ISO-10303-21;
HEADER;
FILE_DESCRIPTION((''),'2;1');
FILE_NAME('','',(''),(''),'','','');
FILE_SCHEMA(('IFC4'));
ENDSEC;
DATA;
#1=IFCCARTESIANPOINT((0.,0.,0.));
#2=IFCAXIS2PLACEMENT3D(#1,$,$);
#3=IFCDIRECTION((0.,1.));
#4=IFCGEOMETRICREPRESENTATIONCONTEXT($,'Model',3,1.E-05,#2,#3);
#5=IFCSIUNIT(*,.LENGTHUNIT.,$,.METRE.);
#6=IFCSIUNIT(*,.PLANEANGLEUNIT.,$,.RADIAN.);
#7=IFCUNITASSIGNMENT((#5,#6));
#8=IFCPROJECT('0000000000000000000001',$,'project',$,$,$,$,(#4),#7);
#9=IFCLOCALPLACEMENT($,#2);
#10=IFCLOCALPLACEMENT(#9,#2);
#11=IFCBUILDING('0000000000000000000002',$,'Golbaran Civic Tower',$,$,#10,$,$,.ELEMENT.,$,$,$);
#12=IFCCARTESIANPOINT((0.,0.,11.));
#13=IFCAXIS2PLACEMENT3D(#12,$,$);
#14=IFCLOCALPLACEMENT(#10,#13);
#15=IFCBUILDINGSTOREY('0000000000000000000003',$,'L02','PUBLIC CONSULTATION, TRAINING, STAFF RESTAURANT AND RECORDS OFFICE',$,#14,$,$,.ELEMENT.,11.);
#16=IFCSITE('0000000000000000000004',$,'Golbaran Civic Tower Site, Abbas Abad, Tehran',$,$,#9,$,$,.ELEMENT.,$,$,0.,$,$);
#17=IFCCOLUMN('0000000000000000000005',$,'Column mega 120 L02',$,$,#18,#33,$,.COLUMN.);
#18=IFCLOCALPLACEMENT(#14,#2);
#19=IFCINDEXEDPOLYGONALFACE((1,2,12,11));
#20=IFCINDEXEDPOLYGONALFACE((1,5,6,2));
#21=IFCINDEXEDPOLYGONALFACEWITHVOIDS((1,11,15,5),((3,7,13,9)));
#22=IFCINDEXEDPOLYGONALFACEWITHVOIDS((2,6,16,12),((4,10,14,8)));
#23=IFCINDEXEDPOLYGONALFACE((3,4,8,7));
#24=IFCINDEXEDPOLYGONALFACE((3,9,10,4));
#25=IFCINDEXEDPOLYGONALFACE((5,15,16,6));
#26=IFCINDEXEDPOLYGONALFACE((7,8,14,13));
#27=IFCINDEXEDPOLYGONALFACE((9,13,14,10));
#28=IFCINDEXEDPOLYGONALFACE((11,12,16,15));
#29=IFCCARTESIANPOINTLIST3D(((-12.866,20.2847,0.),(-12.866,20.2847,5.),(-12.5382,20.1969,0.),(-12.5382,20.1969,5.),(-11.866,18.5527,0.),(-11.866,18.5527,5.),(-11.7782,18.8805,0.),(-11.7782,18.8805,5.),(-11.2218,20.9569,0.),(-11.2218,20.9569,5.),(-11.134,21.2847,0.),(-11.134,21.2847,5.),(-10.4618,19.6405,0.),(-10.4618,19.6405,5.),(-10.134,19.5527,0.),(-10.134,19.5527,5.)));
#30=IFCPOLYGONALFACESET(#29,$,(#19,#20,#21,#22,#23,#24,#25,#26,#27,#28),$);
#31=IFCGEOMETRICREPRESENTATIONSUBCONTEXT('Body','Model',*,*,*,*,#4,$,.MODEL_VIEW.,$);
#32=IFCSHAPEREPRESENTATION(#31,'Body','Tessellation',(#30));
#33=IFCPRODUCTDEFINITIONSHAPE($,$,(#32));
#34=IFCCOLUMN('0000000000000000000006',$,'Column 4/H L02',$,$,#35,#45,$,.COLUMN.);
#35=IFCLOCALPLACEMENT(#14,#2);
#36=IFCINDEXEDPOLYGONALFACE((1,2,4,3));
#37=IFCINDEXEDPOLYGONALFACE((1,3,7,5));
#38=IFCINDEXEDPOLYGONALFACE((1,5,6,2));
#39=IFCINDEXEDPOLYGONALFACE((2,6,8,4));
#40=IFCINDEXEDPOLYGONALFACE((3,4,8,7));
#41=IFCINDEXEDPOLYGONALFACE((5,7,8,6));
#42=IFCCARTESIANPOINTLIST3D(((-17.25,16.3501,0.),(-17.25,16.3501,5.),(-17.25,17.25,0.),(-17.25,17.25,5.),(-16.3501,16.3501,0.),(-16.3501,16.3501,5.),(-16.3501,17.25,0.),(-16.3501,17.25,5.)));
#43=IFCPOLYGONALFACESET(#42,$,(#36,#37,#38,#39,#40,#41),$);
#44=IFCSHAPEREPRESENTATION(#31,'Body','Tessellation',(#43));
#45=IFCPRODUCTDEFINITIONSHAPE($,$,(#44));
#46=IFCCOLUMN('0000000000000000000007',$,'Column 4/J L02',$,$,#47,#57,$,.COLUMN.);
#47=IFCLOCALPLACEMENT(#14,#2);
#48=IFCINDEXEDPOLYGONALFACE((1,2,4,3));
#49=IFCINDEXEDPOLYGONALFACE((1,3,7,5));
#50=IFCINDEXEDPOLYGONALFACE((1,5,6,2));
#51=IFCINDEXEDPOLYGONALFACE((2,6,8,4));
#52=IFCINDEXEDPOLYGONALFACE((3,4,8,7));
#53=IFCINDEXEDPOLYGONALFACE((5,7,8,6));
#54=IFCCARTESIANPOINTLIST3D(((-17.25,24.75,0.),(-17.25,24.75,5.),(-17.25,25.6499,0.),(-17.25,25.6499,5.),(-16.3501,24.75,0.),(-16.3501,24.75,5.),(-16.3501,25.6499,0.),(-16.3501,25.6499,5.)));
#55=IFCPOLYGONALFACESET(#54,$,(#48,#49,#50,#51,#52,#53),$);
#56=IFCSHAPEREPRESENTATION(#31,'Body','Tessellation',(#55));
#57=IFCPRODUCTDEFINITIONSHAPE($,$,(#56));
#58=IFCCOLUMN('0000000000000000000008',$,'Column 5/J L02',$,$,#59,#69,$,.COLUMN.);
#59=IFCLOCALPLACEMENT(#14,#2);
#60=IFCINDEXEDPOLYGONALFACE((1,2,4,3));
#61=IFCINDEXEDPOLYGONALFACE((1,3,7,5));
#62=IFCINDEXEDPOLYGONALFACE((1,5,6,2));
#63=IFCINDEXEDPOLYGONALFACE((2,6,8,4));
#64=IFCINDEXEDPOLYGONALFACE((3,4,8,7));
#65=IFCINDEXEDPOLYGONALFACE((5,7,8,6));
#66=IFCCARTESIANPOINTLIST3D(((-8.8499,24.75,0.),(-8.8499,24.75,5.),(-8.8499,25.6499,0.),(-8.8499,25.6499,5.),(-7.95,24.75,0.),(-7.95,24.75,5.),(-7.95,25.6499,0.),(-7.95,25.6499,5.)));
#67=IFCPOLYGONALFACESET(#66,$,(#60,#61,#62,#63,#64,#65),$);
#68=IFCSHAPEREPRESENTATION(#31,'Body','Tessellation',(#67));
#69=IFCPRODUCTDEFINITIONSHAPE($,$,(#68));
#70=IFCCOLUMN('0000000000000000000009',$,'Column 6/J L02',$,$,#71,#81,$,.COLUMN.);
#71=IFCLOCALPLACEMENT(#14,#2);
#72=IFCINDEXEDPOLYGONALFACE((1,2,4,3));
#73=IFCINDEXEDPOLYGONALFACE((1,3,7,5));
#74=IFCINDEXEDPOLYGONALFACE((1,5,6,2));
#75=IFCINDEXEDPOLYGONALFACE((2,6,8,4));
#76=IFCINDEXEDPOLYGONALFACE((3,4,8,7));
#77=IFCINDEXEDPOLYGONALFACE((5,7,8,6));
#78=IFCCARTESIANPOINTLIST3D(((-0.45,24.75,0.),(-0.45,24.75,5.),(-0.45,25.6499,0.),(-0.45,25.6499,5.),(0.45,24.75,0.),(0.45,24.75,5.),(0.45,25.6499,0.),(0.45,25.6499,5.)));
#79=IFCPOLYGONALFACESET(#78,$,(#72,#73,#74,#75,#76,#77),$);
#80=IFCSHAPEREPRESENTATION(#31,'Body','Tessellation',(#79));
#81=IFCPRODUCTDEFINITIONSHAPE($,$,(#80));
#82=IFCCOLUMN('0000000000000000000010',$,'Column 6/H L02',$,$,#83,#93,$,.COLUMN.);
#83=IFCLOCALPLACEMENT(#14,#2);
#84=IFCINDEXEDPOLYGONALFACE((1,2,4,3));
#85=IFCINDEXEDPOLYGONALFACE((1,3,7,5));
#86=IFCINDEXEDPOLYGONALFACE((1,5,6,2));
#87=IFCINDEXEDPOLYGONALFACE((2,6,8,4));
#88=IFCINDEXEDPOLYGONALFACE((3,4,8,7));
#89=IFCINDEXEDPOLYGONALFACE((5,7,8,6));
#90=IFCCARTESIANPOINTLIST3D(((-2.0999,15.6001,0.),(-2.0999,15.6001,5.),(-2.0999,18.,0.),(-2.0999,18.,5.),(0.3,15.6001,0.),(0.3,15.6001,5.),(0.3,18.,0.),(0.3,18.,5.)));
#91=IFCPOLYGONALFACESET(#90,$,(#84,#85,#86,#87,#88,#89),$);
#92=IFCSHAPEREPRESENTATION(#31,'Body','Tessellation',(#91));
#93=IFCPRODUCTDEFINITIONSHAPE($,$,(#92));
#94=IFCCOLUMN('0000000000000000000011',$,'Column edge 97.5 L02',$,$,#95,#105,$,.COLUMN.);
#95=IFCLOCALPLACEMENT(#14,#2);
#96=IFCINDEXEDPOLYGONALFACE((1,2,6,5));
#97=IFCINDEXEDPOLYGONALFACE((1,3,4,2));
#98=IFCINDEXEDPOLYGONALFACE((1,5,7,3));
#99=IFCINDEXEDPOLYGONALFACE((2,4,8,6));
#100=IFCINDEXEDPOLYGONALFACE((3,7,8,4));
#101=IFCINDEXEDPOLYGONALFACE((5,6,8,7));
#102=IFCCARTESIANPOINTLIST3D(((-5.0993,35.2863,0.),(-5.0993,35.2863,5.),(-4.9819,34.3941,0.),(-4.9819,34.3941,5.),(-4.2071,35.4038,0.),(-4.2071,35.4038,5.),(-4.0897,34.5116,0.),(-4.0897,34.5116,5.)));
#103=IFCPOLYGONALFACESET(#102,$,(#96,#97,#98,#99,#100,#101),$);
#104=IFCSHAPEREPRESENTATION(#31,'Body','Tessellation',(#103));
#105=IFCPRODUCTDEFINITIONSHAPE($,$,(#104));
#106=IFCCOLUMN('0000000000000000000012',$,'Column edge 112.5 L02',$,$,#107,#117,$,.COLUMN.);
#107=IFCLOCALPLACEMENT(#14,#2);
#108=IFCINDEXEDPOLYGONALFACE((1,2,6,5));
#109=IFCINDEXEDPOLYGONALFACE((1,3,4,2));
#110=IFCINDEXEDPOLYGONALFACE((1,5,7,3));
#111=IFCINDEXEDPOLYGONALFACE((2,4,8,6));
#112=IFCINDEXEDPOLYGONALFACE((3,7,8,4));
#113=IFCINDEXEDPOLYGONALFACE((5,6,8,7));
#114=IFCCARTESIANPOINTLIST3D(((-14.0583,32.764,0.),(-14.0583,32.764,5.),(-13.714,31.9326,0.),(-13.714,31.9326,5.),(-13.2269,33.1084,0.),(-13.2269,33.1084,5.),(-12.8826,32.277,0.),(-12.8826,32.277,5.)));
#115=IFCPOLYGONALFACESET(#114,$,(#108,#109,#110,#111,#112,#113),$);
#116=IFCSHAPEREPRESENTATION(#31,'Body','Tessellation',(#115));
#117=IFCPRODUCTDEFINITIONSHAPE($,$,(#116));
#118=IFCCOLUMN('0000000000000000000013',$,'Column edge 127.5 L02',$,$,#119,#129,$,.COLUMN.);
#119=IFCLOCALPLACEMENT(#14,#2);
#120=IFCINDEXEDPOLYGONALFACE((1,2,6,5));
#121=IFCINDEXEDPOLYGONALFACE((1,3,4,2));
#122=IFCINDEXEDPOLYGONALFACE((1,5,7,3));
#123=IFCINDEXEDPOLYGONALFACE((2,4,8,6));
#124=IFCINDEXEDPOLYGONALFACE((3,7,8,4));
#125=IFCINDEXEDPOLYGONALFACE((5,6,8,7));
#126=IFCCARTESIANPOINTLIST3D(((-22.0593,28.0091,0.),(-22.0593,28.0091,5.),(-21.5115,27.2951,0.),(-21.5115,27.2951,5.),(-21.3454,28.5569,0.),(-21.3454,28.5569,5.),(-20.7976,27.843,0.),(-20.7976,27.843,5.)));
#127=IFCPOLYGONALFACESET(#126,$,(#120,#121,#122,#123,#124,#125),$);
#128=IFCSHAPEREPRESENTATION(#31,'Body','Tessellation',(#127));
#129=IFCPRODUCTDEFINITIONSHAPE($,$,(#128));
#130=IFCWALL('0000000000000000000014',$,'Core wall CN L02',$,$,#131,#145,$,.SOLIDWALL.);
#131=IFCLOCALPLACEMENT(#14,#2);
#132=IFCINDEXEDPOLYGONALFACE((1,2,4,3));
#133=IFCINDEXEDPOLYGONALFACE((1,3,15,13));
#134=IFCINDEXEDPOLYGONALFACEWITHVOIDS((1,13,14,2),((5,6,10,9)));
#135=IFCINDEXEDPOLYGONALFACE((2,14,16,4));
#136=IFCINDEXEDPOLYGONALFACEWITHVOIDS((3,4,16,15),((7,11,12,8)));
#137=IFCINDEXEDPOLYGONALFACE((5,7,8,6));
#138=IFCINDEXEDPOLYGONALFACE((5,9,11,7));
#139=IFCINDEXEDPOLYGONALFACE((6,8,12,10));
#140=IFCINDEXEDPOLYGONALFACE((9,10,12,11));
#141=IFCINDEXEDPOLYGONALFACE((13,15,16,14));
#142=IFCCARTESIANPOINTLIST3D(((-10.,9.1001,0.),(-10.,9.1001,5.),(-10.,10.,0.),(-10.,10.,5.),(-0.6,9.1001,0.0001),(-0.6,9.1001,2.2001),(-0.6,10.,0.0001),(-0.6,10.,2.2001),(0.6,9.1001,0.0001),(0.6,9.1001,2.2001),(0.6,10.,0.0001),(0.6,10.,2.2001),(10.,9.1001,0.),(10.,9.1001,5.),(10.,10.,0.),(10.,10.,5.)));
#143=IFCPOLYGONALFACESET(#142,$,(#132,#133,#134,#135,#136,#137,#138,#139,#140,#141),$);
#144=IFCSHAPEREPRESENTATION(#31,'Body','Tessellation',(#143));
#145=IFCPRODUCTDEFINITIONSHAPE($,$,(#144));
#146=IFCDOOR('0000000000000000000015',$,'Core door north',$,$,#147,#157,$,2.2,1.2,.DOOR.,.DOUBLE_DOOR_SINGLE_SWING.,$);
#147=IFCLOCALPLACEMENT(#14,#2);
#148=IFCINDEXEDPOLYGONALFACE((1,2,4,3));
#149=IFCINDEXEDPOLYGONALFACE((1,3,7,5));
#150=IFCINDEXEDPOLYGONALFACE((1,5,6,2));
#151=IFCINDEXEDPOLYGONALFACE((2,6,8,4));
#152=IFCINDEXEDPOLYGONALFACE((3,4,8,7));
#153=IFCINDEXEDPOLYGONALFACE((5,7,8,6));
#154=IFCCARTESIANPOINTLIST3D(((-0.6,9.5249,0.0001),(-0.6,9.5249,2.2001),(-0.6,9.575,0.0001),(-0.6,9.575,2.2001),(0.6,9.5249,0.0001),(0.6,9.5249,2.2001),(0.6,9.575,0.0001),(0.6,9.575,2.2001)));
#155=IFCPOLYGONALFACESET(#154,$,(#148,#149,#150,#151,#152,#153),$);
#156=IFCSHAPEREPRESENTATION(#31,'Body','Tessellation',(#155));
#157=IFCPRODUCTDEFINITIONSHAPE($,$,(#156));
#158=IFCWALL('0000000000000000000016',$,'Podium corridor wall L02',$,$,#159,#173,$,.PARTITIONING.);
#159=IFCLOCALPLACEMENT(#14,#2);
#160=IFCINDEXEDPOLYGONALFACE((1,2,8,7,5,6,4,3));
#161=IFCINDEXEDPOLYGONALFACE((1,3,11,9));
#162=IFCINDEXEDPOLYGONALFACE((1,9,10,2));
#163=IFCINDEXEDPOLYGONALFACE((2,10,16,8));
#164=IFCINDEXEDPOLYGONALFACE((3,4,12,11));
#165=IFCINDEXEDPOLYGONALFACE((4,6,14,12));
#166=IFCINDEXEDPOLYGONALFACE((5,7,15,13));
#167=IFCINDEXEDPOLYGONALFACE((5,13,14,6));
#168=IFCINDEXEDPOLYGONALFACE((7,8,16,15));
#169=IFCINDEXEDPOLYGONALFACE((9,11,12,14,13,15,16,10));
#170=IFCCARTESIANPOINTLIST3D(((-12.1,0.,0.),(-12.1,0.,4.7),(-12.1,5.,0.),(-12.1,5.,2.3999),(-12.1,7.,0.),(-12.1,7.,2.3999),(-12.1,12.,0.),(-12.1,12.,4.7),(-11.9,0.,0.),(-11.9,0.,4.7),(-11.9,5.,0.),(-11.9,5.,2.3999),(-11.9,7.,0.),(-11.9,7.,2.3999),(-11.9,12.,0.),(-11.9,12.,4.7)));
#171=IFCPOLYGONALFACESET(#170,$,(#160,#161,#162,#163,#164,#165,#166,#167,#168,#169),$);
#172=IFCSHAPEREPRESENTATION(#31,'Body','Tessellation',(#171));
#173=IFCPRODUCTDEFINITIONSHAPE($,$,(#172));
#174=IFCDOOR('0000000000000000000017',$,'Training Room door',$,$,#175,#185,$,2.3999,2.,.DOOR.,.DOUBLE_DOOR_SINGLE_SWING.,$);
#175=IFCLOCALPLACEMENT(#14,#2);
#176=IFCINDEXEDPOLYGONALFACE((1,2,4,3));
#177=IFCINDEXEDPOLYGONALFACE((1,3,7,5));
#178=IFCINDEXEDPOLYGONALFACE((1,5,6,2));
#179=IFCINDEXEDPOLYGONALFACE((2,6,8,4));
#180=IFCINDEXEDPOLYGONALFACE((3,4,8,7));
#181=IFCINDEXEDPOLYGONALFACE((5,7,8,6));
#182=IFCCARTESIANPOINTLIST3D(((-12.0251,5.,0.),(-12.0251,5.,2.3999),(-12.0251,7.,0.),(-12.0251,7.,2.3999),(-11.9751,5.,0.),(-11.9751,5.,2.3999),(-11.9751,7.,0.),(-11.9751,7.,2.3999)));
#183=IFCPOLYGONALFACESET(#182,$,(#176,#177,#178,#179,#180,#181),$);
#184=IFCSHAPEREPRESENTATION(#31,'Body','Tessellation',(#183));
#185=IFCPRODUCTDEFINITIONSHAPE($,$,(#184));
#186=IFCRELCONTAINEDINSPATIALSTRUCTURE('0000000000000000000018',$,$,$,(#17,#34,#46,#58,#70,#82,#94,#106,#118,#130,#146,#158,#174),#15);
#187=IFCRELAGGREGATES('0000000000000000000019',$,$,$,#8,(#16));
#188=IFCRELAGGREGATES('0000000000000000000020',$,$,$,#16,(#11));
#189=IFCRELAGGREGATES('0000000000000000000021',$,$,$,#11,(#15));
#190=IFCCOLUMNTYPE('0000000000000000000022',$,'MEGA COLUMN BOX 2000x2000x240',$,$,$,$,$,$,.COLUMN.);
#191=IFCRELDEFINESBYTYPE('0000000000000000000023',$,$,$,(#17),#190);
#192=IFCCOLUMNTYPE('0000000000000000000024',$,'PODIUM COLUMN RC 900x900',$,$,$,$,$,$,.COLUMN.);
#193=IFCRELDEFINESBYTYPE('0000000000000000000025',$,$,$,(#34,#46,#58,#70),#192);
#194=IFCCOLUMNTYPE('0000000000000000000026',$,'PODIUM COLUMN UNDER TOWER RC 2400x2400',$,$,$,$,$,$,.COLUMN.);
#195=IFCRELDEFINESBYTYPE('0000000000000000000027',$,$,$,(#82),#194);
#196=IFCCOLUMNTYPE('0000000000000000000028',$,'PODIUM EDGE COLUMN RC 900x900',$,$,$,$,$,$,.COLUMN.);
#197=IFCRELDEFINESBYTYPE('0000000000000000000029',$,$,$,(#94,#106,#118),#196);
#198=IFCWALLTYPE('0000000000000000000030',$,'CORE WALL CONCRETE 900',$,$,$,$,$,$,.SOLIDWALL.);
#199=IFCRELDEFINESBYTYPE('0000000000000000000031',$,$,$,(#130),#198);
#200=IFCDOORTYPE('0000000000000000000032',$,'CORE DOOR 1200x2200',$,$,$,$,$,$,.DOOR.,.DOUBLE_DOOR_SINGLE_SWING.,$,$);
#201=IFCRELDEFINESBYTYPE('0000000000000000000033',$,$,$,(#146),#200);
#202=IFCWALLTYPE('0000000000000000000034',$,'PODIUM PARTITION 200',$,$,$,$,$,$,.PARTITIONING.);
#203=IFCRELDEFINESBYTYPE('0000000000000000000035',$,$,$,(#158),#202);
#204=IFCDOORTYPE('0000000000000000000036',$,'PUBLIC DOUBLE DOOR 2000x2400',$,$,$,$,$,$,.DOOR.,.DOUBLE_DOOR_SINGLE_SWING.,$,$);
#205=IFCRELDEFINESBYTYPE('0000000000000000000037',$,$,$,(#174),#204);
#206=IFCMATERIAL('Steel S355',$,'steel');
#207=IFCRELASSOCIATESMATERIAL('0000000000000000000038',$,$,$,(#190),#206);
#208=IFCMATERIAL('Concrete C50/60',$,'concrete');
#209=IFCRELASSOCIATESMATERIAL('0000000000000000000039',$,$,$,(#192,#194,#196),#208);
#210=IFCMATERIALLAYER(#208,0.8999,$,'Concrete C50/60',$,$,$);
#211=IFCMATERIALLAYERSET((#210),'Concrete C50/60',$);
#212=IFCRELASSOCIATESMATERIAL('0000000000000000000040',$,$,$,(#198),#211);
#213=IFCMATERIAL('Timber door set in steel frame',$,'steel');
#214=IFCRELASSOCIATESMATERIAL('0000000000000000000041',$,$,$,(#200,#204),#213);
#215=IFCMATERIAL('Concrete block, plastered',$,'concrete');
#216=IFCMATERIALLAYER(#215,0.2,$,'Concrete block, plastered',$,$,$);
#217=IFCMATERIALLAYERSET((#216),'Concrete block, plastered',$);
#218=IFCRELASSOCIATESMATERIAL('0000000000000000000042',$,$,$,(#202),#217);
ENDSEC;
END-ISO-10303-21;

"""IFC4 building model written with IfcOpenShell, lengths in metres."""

from ifc_helpers import new_model, si_unit, direction, frame, frame_2d, origin, origin_2d, place, context, subcontext, project, spatial, rectangle, hollow_rectangle, extrude, material, layer, layer_set, material_profile, profile_set, type_object, element, fill, save


model = new_model("IFC4")

# Units and contexts
model_context = context("Model", 3, precision=1e-05, world=origin(), true_north=direction((0.0, 1.0)))
body_context = subcontext(model_context, "Body", "Model", "MODEL_VIEW")
ifc_project = project(units=[si_unit("LENGTHUNIT", "METRE"), si_unit("PLANEANGLEUNIT", "RADIAN")], contexts=[model_context])

# Site, building, storey
site_placement = place(None, origin())
site = spatial("IfcSite", under=ifc_project, at=site_placement, Name="Golbaran Civic Tower Site, Abbas Abad, Tehran", CompositionType="ELEMENT", RefElevation=0.0)
building_placement = place(site_placement, origin())
building = spatial("IfcBuilding", under=site, at=building_placement, Name="Golbaran Civic Tower", CompositionType="ELEMENT")
storey_placement = place(building_placement, frame((0.0, 0.0, 11.0)))
storey = spatial("IfcBuildingStorey", under=building, at=storey_placement, Name="L02", Description="PUBLIC CONSULTATION, TRAINING, STAFF RESTAURANT AND RECORDS OFFICE", CompositionType="ELEMENT", Elevation=11.0)

# Columns
ifc_material_1 = material(Name="Steel S355", Category="steel")
ifc_material_profile_1 = material_profile(ifc_material_1, hollow_rectangle(XDim=2.0, YDim=2.0, WallThickness=0.24, at=origin_2d()), Name="BOX 2000x2000x240")
ifc_profile_set_1 = profile_set([ifc_material_profile_1], Name="Steel S355")
column_type_1 = type_object("IfcColumnType", Name="MEGA COLUMN BOX 2000x2000x240", PredefinedType="COLUMN", material=ifc_profile_set_1)
column_1_placement = place(storey_placement, frame((-11.5, 19.9187, 0.0), z_axis=(0.0, 0.0, 1.0), x_axis=(-0.5, 0.866025, 0.0)))
element("IfcColumn", 1, at=column_1_placement, inside=storey, type_object=column_type_1, Name="Column mega 120 L02", PredefinedType="COLUMN", context=body_context, shape_type="SweptSolid", body=[
    extrude(hollow_rectangle(XDim=2.0, YDim=2.0, WallThickness=0.24, at=origin_2d()), origin(), (0.0, 0.0, 1.0), 5.0),
])
ifc_material_2 = material(Name="Concrete C50/60", Category="concrete")
ifc_material_profile_2 = material_profile(ifc_material_2, rectangle(XDim=0.8999, YDim=0.8999, at=origin_2d()), Name="RC 900x900")
ifc_profile_set_2 = profile_set([ifc_material_profile_2], Name="Concrete C50/60")
column_type_2 = type_object("IfcColumnType", Name="PODIUM COLUMN RC 900x900", PredefinedType="COLUMN", material=ifc_profile_set_2)
for number, where, z_axis, x_axis, name in (
    (2, (-16.8, 16.8, 0.0), (0.0, 0.0, 1.0), (1.0, 0.0, 0.0), "Column 4/H L02"),
    (3, (-16.8, 25.2, 0.0), (0.0, 0.0, 1.0), (1.0, 0.0, 0.0), "Column 4/J L02"),
    (4, (-8.3999, 25.2, 0.0), (0.0, 0.0, 1.0), (1.0, 0.0, 0.0), "Column 5/J L02"),
    (5, (0.0, 25.2, 0.0), (0.0, 0.0, 1.0), (1.0, 0.0, 0.0), "Column 6/J L02"),
):
    element("IfcColumn", number, at=place(storey_placement, frame(where, z_axis=z_axis, x_axis=x_axis)), inside=storey, type_object=column_type_2, Name=name, PredefinedType="COLUMN", context=body_context, shape_type="SweptSolid", body=[
        extrude(rectangle(XDim=0.8999, YDim=0.8999, at=origin_2d()), origin(), (0.0, 0.0, 1.0), 5.0),
    ])
ifc_material_profile_3 = material_profile(ifc_material_2, rectangle(XDim=2.3999, YDim=2.3999, at=origin_2d()), Name="RC 2400x2400")
ifc_profile_set_3 = profile_set([ifc_material_profile_3], Name="Concrete C50/60")
column_type_3 = type_object("IfcColumnType", Name="PODIUM COLUMN UNDER TOWER RC 2400x2400", PredefinedType="COLUMN", material=ifc_profile_set_3)
column_2_placement = place(storey_placement, frame((-0.8999, 16.8, 0.0), z_axis=(0.0, 0.0, 1.0), x_axis=(1.0, 0.0, 0.0)))
element("IfcColumn", 6, at=column_2_placement, inside=storey, type_object=column_type_3, Name="Column 6/H L02", PredefinedType="COLUMN", context=body_context, shape_type="SweptSolid", body=[
    extrude(rectangle(XDim=2.3999, YDim=2.3999, at=origin_2d()), origin(), (0.0, 0.0, 1.0), 5.0),
])
ifc_material_profile_4 = material_profile(ifc_material_2, rectangle(XDim=0.8999, YDim=0.8999, at=origin_2d()), Name="RC 900x900")
ifc_profile_set_4 = profile_set([ifc_material_profile_4], Name="Concrete C50/60")
column_type_4 = type_object("IfcColumnType", Name="PODIUM EDGE COLUMN RC 900x900", PredefinedType="COLUMN", material=ifc_profile_set_4)
for number, where, z_axis, x_axis, name in (
    (7, (-4.5945, 34.8989, 0.0), (0.0, 0.0, 1.0), (-0.130526, 0.991445, 0.0), "Column edge 97.5 L02"),
    (8, (-13.4705, 32.5205, 0.0), (0.0, 0.0, 1.0), (-0.382683, 0.92388, 0.0), "Column edge 112.5 L02"),
    (9, (-21.4285, 27.926, 0.0), (0.0, 0.0, 1.0), (-0.608761, 0.793353, 0.0), "Column edge 127.5 L02"),
):
    element("IfcColumn", number, at=place(storey_placement, frame(where, z_axis=z_axis, x_axis=x_axis)), inside=storey, type_object=column_type_4, Name=name, PredefinedType="COLUMN", context=body_context, shape_type="SweptSolid", body=[
        extrude(rectangle(XDim=0.8999, YDim=0.8999, at=origin_2d()), origin(), (0.0, 0.0, 1.0), 5.0),
    ])

# Walls, openings, doors
ifc_layer_1 = layer(ifc_material_2, 0.8999, Name="Concrete C50/60")
ifc_layer_set_1 = layer_set([ifc_layer_1], Name="Concrete C50/60")
wall_type_1 = type_object("IfcWallType", Name="CORE WALL CONCRETE 900", PredefinedType="SOLIDWALL", material=ifc_layer_set_1)
wall_1_placement = place(storey_placement, frame((-10.0, 9.55, 0.0), z_axis=(0.0, 0.0, 1.0), x_axis=(1.0, 0.0, 0.0)))
wall_1 = element("IfcWall", 10, at=wall_1_placement, inside=storey, type_object=wall_type_1, Name="Core wall CN L02", PredefinedType="SOLIDWALL", context=body_context, shape_type="SweptSolid", body=[
    extrude(rectangle(XDim=20.0, YDim=0.8999, at=frame_2d((10.0, 0.0))), origin(), (0.0, 0.0, 1.0), 5.0),
])
opening_1_placement = place(wall_1_placement, frame((9.3999, 0.0, 0.0)))
opening_1 = element("IfcOpeningElement", 11, at=opening_1_placement, cuts=wall_1, PredefinedType="OPENING", context=body_context, shape_type="SweptSolid", body=[
    extrude(rectangle(XDim=1.2, YDim=2.2, at=frame_2d((0.6001, 1.1001))), frame((0.0, 0.46, 0.0), z_axis=(0.0, -1.0, 0.0), x_axis=(1.0, 0.0, 0.0)), (0.0, 0.0, 1.0), 0.9199),
])
ifc_material_3 = material(Name="Timber door set in steel frame", Category="steel")
door_type_1 = type_object("IfcDoorType", Name="CORE DOOR 1200x2200", OperationType="DOUBLE_DOOR_SINGLE_SWING", PredefinedType="DOOR", material=ifc_material_3)
door_1_placement = place(opening_1_placement, origin())
door_1 = element("IfcDoor", 12, at=door_1_placement, inside=storey, type_object=door_type_1, Name="Core door north", OperationType="DOUBLE_DOOR_SINGLE_SWING", OverallHeight=2.2, OverallWidth=1.2, PredefinedType="DOOR", context=body_context, shape_type="SweptSolid", body=[
    extrude(rectangle(XDim=1.2, YDim=2.2, at=frame_2d((0.6001, 1.1001))), frame((0.0, 0.0249, 0.0), z_axis=(0.0, -1.0, 0.0), x_axis=(1.0, 0.0, 0.0)), (0.0, 0.0, 1.0), 0.05),
])
fill(opening_1, door_1)
ifc_material_4 = material(Name="Concrete block, plastered", Category="concrete")
ifc_layer_2 = layer(ifc_material_4, 0.2, Name="Concrete block, plastered")
ifc_layer_set_2 = layer_set([ifc_layer_2], Name="Concrete block, plastered")
wall_type_2 = type_object("IfcWallType", Name="PODIUM PARTITION 200", PredefinedType="PARTITIONING", material=ifc_layer_set_2)
wall_2_placement = place(storey_placement, frame((-12.0, 12.0, 0.0), z_axis=(0.0, 0.0, 1.0), x_axis=(0.0, -1.0, 0.0)))
wall_2 = element("IfcWall", 13, at=wall_2_placement, inside=storey, type_object=wall_type_2, Name="Podium corridor wall L02", PredefinedType="PARTITIONING", context=body_context, shape_type="SweptSolid", body=[
    extrude(rectangle(XDim=12.0, YDim=0.2, at=frame_2d((6.0, 0.0))), origin(), (0.0, 0.0, 1.0), 4.7),
])
opening_2_placement = place(wall_2_placement, frame((5.0, 0.0, 0.0)))
opening_2 = element("IfcOpeningElement", 14, at=opening_2_placement, cuts=wall_2, PredefinedType="OPENING", context=body_context, shape_type="SweptSolid", body=[
    extrude(rectangle(XDim=2.0, YDim=2.3999, at=frame_2d((1.0, 1.2))), frame((0.0, 0.1099, 0.0), z_axis=(0.0, -1.0, 0.0), x_axis=(1.0, 0.0, 0.0)), (0.0, 0.0, 1.0), 0.22),
])
door_type_2 = type_object("IfcDoorType", Name="PUBLIC DOUBLE DOOR 2000x2400", OperationType="DOUBLE_DOOR_SINGLE_SWING", PredefinedType="DOOR", material=ifc_material_3)
door_2_placement = place(opening_2_placement, origin())
door_2 = element("IfcDoor", 15, at=door_2_placement, inside=storey, type_object=door_type_2, Name="Training Room door", OperationType="DOUBLE_DOOR_SINGLE_SWING", OverallHeight=2.3999, OverallWidth=2.0, PredefinedType="DOOR", context=body_context, shape_type="SweptSolid", body=[
    extrude(rectangle(XDim=2.0, YDim=2.3999, at=frame_2d((1.0, 1.2))), frame((0.0, 0.0249, 0.0), z_axis=(0.0, -1.0, 0.0), x_axis=(1.0, 0.0, 0.0)), (0.0, 0.0, 1.0), 0.05),
])
fill(opening_2, door_2)

save(model, "model.ifc")
